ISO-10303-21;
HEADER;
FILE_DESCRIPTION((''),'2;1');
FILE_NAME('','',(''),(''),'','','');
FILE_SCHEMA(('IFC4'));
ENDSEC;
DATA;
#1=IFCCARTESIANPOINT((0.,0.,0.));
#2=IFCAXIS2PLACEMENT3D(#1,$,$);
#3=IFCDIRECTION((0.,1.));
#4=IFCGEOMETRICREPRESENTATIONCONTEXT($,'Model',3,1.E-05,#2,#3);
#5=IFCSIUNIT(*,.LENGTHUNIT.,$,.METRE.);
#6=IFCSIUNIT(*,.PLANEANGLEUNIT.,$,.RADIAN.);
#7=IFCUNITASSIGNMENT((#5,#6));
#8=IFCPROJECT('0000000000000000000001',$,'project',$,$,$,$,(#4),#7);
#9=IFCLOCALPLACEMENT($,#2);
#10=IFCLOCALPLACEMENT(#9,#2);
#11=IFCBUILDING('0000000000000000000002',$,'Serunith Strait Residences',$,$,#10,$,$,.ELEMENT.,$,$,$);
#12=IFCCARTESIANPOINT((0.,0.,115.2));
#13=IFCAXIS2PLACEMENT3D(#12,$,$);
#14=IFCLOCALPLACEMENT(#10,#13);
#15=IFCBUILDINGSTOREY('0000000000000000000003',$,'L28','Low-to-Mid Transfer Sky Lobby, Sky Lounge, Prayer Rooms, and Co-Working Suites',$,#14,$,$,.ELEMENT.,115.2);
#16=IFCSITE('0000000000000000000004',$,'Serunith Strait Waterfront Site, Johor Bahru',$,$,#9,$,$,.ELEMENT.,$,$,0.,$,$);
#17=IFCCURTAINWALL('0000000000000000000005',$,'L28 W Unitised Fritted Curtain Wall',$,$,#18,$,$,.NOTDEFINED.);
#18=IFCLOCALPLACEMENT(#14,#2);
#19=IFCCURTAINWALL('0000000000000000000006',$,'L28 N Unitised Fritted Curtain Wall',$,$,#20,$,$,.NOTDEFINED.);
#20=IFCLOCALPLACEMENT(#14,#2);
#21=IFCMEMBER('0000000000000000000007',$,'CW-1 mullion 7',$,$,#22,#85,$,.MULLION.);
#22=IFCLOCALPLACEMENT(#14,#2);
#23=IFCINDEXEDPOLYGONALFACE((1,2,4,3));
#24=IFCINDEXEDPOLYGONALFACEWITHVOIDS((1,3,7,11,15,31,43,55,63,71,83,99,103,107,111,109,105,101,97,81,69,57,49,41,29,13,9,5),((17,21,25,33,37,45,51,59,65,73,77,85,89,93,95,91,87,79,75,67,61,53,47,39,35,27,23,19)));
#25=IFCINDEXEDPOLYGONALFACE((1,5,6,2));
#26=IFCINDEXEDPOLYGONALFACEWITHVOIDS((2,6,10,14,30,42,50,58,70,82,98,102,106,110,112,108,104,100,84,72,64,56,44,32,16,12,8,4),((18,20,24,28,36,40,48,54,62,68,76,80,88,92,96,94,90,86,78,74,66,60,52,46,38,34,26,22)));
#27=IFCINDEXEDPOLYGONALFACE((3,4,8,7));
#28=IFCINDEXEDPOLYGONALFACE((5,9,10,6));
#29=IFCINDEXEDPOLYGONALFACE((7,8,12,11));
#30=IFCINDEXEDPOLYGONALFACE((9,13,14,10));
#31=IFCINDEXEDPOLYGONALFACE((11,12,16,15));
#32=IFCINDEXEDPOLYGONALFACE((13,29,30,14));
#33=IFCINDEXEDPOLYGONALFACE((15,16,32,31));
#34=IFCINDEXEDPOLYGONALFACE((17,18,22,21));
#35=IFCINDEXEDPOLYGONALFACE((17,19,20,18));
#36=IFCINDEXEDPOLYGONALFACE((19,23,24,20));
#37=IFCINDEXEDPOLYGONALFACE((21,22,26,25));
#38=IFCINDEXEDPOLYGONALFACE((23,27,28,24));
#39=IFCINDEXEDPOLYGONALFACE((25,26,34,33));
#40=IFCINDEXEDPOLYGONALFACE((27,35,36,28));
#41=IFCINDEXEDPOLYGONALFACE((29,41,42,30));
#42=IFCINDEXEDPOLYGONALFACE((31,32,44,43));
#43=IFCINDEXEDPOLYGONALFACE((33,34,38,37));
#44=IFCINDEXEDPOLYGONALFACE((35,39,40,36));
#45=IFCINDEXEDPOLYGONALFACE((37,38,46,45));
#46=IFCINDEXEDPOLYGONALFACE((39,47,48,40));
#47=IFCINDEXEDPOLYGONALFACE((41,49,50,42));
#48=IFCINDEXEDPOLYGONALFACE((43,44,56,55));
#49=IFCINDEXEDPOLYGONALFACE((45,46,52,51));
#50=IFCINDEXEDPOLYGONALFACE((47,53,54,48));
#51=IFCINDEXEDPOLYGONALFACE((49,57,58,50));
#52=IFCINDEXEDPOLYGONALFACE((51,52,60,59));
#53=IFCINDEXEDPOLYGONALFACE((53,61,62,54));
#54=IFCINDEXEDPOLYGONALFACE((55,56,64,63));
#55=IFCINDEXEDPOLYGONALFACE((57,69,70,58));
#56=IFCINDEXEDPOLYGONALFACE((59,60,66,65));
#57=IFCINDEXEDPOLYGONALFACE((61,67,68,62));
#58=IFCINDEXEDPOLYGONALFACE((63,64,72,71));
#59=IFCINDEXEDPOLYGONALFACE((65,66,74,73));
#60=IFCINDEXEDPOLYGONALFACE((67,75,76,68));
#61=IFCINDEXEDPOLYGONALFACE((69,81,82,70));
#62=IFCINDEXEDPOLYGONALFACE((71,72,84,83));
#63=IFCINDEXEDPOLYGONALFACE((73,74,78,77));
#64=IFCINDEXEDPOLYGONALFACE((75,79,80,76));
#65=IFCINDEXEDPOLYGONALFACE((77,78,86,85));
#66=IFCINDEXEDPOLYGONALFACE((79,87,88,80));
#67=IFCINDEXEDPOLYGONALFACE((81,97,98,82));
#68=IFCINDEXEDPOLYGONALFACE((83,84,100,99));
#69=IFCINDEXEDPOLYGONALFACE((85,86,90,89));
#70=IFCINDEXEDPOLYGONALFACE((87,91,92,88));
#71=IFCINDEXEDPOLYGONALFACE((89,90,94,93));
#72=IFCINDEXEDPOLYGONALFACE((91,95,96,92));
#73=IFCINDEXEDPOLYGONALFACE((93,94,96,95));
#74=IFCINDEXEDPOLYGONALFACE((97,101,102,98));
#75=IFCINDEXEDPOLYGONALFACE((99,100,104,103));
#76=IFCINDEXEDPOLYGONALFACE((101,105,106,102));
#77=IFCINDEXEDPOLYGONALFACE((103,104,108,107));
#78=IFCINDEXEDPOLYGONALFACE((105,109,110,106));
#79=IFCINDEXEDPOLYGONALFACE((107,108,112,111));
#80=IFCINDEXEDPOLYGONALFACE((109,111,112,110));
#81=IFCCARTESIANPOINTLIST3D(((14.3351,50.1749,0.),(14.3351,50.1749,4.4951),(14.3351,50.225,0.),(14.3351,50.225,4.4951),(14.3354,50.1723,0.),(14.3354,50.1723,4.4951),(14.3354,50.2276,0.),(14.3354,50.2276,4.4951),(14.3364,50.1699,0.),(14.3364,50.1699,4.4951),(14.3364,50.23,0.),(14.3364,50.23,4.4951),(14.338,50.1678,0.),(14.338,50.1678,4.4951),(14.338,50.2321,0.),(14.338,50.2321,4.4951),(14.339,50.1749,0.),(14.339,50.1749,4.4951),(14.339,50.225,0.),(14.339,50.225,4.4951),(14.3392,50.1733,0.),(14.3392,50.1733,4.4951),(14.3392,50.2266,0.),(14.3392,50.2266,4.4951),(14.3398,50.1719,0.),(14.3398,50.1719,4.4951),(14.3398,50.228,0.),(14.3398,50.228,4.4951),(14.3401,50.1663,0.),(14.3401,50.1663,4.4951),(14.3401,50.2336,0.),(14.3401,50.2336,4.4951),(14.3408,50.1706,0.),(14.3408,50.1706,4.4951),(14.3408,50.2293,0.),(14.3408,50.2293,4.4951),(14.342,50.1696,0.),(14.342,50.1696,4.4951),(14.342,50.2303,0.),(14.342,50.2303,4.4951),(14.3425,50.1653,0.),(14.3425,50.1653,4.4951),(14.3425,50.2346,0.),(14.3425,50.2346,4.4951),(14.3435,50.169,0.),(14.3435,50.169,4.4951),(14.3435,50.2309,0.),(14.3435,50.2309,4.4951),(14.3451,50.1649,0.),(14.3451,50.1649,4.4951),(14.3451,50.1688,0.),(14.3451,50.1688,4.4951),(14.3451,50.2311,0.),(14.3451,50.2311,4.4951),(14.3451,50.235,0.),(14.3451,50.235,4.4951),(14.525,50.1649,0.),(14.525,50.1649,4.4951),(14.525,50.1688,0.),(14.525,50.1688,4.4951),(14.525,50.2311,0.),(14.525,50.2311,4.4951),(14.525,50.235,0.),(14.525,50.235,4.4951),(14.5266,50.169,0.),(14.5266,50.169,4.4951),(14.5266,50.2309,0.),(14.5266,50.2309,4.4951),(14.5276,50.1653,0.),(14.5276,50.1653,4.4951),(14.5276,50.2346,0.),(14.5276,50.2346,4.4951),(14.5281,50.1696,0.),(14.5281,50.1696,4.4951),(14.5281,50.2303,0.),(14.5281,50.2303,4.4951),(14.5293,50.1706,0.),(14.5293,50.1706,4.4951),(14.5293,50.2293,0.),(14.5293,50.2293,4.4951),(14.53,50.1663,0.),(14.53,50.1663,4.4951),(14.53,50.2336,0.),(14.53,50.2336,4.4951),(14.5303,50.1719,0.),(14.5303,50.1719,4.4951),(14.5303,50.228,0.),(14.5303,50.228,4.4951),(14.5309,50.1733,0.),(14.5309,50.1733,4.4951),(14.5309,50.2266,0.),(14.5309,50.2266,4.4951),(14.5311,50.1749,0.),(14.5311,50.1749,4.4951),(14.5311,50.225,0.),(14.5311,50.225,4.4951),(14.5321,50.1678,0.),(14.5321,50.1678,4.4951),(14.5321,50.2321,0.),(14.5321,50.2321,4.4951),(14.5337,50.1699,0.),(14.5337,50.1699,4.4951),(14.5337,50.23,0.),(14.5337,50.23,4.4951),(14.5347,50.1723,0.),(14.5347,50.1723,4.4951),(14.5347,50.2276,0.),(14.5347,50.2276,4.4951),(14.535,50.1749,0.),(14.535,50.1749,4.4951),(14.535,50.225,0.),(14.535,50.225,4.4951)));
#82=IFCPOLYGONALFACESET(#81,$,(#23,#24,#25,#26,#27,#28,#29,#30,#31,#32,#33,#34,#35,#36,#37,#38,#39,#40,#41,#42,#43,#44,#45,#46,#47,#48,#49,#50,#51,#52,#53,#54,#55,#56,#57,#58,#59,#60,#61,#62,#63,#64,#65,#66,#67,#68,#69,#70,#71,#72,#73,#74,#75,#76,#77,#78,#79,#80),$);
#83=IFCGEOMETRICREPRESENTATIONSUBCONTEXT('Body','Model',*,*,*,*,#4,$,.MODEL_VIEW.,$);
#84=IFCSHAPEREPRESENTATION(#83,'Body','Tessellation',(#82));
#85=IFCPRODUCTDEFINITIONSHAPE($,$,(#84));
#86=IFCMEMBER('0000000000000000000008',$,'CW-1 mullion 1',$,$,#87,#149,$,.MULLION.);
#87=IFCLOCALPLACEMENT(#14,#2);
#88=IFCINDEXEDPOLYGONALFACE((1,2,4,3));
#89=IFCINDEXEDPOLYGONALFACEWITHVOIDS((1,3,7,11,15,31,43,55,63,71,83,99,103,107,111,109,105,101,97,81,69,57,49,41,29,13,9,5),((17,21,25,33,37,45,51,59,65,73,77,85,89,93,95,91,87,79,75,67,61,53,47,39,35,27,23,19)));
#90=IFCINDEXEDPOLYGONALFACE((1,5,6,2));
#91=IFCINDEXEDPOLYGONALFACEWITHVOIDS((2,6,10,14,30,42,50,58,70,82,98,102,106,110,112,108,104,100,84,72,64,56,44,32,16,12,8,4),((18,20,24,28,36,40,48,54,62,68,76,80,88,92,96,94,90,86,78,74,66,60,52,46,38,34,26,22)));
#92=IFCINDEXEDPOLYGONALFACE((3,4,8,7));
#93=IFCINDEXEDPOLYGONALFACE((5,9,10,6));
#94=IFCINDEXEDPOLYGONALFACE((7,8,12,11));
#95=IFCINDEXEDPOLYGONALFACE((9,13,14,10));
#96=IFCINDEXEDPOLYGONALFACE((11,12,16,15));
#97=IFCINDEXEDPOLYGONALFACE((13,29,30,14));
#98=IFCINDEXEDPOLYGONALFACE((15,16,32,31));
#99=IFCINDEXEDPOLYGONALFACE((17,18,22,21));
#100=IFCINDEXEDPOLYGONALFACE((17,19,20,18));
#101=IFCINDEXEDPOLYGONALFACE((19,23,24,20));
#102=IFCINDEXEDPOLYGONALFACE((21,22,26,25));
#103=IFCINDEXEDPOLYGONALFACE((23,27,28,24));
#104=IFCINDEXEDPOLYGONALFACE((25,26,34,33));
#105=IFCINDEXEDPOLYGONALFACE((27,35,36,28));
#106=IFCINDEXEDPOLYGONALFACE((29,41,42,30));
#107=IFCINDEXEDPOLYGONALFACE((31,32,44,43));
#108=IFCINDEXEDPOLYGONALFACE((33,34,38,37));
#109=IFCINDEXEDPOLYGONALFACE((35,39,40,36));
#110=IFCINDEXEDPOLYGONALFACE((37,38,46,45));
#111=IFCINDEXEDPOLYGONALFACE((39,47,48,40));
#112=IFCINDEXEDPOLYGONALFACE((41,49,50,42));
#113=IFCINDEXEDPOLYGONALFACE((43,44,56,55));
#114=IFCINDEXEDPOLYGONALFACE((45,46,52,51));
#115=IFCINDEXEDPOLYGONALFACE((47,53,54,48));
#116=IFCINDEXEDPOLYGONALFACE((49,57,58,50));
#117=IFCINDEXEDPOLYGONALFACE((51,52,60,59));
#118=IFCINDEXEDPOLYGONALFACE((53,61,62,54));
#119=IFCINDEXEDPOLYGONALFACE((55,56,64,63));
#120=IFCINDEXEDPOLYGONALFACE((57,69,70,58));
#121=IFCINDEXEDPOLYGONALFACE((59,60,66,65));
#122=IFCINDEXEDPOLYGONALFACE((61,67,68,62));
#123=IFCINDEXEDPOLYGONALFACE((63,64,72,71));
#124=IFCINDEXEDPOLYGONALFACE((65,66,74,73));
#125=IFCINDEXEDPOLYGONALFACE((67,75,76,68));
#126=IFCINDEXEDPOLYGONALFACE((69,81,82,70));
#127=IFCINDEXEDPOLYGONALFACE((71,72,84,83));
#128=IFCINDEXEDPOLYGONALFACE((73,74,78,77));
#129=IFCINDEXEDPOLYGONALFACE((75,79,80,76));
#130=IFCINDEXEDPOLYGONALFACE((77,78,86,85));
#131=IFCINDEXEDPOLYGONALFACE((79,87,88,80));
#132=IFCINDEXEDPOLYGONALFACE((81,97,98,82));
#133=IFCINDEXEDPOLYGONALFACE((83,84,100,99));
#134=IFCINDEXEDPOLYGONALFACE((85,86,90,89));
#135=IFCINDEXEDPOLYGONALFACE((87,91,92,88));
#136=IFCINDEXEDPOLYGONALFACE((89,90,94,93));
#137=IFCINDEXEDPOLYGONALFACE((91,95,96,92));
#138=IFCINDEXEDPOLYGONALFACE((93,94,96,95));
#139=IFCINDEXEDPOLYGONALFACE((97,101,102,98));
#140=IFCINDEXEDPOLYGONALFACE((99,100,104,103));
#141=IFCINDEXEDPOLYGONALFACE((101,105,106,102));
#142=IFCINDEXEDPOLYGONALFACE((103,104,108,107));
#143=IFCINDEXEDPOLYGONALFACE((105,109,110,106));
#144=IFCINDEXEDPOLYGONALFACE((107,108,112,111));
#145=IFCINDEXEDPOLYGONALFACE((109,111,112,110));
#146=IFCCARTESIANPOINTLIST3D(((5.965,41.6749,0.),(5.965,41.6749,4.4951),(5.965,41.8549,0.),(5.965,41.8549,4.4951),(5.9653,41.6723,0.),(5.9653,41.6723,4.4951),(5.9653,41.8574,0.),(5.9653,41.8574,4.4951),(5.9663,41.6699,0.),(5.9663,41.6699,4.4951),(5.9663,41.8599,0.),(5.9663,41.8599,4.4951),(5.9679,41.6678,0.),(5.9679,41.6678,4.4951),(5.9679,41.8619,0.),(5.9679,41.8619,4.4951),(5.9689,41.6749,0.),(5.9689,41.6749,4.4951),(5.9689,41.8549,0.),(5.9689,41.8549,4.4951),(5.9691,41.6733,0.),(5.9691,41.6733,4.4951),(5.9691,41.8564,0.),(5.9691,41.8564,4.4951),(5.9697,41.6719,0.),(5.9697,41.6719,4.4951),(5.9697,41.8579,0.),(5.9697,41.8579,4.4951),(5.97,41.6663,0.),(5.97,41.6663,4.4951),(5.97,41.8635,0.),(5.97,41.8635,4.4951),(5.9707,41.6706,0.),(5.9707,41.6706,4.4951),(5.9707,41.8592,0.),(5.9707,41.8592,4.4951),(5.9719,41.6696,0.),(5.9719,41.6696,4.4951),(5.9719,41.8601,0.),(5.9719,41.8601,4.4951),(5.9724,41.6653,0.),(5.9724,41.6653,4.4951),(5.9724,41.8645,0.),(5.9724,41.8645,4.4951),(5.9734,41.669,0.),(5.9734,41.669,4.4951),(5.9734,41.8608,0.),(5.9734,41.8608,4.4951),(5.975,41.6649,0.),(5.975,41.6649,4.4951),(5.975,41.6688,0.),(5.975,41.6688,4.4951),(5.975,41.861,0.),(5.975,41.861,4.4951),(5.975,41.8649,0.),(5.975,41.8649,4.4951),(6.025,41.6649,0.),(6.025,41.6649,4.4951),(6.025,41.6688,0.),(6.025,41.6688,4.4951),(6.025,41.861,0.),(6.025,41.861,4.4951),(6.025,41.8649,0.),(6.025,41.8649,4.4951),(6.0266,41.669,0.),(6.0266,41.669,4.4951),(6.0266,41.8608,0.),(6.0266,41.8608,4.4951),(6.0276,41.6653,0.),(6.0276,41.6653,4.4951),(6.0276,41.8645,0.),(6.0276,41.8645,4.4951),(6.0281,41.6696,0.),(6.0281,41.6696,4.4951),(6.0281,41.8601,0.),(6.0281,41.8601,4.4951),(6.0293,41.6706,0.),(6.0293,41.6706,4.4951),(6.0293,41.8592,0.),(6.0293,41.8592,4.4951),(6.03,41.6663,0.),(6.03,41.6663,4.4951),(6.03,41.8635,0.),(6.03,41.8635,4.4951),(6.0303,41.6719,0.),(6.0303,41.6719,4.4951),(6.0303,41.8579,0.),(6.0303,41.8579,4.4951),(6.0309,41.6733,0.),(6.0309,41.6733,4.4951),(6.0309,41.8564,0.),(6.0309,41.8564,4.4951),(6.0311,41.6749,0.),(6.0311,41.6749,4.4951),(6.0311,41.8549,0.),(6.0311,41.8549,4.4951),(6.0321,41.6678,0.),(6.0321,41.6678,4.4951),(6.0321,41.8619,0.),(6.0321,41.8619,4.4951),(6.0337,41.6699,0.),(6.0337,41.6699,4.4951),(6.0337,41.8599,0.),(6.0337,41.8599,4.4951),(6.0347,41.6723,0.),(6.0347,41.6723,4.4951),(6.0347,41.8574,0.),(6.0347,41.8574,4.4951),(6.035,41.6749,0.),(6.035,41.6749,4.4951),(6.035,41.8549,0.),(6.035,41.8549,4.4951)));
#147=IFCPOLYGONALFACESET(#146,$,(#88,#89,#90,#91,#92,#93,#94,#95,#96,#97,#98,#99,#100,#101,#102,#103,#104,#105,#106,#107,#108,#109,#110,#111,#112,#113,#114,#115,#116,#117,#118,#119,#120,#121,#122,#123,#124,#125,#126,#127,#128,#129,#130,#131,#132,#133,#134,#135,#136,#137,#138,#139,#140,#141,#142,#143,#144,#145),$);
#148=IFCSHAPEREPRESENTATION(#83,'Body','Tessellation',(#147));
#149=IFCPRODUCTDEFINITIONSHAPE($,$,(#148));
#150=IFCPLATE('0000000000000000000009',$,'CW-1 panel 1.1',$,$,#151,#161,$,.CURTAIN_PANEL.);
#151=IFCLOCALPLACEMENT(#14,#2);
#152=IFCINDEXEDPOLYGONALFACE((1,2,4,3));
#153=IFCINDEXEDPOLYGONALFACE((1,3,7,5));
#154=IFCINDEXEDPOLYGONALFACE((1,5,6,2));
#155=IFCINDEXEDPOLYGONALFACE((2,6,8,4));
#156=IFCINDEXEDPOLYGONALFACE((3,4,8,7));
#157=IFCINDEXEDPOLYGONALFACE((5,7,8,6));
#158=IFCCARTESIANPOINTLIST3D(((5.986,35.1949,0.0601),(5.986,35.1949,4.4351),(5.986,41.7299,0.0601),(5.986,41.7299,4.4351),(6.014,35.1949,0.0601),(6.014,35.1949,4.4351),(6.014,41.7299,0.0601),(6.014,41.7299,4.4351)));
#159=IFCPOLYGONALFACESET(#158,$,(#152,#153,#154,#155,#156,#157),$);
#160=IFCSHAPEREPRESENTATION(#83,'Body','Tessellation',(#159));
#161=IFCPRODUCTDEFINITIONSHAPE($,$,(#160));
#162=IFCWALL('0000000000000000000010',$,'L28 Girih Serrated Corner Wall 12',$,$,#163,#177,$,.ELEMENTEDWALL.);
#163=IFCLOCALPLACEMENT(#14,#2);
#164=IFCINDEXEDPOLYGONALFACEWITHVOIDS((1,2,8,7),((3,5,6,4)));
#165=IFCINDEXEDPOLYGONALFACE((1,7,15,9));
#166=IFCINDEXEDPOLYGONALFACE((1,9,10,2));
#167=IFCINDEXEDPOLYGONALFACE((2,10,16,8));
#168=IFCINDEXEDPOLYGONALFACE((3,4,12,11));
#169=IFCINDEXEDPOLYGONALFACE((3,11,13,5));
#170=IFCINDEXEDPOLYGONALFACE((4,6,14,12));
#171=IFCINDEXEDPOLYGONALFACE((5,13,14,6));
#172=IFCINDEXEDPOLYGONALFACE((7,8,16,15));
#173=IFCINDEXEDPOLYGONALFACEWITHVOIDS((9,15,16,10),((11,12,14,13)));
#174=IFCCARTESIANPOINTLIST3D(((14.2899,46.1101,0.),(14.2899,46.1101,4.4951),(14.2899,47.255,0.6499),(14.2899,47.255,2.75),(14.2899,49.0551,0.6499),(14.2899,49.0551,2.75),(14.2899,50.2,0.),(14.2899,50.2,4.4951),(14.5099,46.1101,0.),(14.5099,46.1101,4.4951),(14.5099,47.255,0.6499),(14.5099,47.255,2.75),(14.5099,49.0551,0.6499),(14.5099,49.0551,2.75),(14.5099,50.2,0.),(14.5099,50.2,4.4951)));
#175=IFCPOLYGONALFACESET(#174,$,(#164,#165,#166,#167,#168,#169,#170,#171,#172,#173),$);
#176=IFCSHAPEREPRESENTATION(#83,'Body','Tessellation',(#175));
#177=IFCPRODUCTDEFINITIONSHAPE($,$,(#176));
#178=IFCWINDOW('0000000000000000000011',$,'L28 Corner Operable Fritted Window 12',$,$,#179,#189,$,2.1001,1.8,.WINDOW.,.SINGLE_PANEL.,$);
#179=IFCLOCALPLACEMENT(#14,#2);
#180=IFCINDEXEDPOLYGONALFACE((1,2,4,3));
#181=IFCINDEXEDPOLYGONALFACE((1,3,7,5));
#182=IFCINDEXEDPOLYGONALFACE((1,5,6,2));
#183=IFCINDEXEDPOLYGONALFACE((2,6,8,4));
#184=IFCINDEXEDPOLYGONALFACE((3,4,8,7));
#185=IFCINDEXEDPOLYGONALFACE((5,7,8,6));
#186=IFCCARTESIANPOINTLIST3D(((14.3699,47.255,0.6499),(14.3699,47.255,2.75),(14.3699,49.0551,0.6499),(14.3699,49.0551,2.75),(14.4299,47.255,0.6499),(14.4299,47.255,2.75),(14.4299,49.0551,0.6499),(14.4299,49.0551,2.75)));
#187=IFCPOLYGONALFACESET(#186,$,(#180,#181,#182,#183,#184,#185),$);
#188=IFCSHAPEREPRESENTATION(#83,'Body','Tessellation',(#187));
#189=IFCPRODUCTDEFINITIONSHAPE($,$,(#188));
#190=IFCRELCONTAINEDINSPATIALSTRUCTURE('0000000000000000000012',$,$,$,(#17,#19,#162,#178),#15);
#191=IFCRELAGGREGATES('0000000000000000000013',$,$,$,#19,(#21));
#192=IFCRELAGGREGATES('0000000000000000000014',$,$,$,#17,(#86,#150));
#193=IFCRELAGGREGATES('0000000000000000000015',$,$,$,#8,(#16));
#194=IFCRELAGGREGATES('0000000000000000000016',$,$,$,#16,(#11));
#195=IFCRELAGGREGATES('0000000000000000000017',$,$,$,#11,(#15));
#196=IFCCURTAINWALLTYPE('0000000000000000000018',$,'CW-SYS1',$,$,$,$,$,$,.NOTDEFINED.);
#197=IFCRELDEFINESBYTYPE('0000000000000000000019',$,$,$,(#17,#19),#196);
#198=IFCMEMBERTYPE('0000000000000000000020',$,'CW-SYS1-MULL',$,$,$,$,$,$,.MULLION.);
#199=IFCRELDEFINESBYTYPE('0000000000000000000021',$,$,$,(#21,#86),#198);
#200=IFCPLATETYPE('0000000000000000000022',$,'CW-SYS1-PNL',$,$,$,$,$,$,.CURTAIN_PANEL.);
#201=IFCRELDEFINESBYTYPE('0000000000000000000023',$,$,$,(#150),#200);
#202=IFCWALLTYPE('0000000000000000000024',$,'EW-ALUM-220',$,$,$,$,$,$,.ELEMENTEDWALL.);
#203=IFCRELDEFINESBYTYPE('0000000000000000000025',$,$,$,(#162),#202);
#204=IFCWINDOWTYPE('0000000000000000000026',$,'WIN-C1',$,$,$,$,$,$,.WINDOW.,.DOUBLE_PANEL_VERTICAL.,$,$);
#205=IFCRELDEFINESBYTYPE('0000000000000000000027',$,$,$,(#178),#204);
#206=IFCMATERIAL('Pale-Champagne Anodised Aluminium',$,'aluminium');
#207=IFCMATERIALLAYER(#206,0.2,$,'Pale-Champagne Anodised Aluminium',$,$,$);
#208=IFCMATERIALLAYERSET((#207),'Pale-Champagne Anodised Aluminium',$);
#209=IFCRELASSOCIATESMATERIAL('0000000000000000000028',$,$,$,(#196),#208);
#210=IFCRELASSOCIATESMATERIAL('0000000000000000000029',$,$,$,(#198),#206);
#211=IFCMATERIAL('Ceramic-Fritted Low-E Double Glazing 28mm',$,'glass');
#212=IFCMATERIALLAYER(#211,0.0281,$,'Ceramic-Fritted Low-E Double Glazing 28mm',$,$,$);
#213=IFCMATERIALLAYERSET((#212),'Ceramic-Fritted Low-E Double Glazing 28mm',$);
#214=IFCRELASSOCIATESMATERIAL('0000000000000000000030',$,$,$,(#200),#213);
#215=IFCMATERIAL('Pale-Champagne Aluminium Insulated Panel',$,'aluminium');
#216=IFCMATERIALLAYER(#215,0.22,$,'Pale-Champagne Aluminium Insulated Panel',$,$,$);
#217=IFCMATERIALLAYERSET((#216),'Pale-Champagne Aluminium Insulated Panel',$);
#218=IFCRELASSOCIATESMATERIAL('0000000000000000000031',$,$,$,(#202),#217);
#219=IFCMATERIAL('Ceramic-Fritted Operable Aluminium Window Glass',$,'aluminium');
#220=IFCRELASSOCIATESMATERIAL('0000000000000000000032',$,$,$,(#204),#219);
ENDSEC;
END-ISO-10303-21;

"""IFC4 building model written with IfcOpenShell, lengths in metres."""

from ifc_helpers import new_model, si_unit, direction, frame, frame_2d, origin, origin_2d, place, context, subcontext, project, spatial, rectangle, hollow_rectangle, extrude, source, transform, mapped, material, layer, layer_set, material_profile, profile_set, type_object, element, fill, aggregate, save


model = new_model("IFC4")

# Units and contexts
model_context = context("Model", 3, precision=1e-05, world=origin(), true_north=direction((0.0, 1.0)))
body_context = subcontext(model_context, "Body", "Model", "MODEL_VIEW")
ifc_project = project(units=[si_unit("LENGTHUNIT", "METRE"), si_unit("PLANEANGLEUNIT", "RADIAN")], contexts=[model_context])

# Site, building, storey
site_placement = place(None, origin())
site = spatial("IfcSite", under=ifc_project, at=site_placement, Name="Serunith Strait Waterfront Site, Johor Bahru", CompositionType="ELEMENT", RefElevation=0.0)
building_placement = place(site_placement, origin())
building = spatial("IfcBuilding", under=site, at=building_placement, Name="Serunith Strait Residences", CompositionType="ELEMENT")
storey_placement = place(building_placement, frame((0.0, 0.0, 115.2)))
storey = spatial("IfcBuildingStorey", under=building, at=storey_placement, Name="L28", Description="Low-to-Mid Transfer Sky Lobby, Sky Lounge, Prayer Rooms, and Co-Working Suites", CompositionType="ELEMENT", Elevation=115.2)

# Curtain wall
ifc_material_1 = material(Name="Pale-Champagne Anodised Aluminium", Category="aluminium")
ifc_layer_1 = layer(ifc_material_1, 0.2, Name="Pale-Champagne Anodised Aluminium")
ifc_layer_set_1 = layer_set([ifc_layer_1], Name="Pale-Champagne Anodised Aluminium")
curtain_wall_type = type_object("IfcCurtainWallType", Name="CW-SYS1", PredefinedType="NOTDEFINED", material=ifc_layer_set_1)
curtain_wall_1_placement = place(storey_placement, origin())
curtain_wall_1 = element("IfcCurtainWall", 1, at=curtain_wall_1_placement, inside=storey, type_object=curtain_wall_type, Name="L28 W Unitised Fritted Curtain Wall", PredefinedType="NOTDEFINED")

# Curtain wall, member
curtain_wall_2_placement = place(storey_placement, origin())
curtain_wall_2 = element("IfcCurtainWall", 2, at=curtain_wall_2_placement, inside=storey, type_object=curtain_wall_type, Name="L28 N Unitised Fritted Curtain Wall", PredefinedType="NOTDEFINED")
ifc_material_profile_1 = material_profile(ifc_material_1, hollow_rectangle(XDim=0.0701, YDim=0.2, WallThickness=0.0039, InnerFilletRadius=0.0061, OuterFilletRadius=0.01, at=origin_2d()), Name="ALU 200x70x4")
ifc_profile_set_1 = profile_set([ifc_material_profile_1], Name="Pale-Champagne Anodised Aluminium")
member_type_1 = type_object("IfcMemberType", Name="CW-SYS1-MULL", PredefinedType="MULLION", material=ifc_profile_set_1)
shared_shape_1 = source(origin(), body_context, "Body", "SweptSolid", [
    extrude(hollow_rectangle(XDim=0.0701, YDim=0.2, WallThickness=0.0039, InnerFilletRadius=0.0061, OuterFilletRadius=0.01, at=origin_2d()), origin(), (0.0, 0.0, 1.0), 4.4951),
])
member_1_placement = place(storey_placement, frame((14.4351, 50.2, 0.0), z_axis=(0.0, 0.0, 1.0), x_axis=(0.0, -1.0, 0.0)))
member_1 = element("IfcMember", 3, at=member_1_placement, type_object=member_type_1, Name="CW-1 mullion 7", PredefinedType="MULLION", context=body_context, shape_type="MappedRepresentation", body=[
    mapped(shared_shape_1, transform((0.0, 0.0, 0.0), scale=1.0)),
])
aggregate(curtain_wall_2, [member_1])

# Member
member_2_placement = place(storey_placement, frame((6.0, 41.7649, 0.0), z_axis=(0.0, 0.0, 1.0), x_axis=(1.0, 0.0, 0.0)))
member_2 = element("IfcMember", 4, at=member_2_placement, type_object=member_type_1, Name="CW-1 mullion 1", PredefinedType="MULLION", context=body_context, shape_type="MappedRepresentation", body=[
    mapped(shared_shape_1, transform((0.0, 0.0, 0.0), scale=1.0)),
])

# Plate
ifc_material_2 = material(Name="Ceramic-Fritted Low-E Double Glazing 28mm", Category="glass")
ifc_layer_2 = layer(ifc_material_2, 0.0281, Name="Ceramic-Fritted Low-E Double Glazing 28mm")
ifc_layer_set_2 = layer_set([ifc_layer_2], Name="Ceramic-Fritted Low-E Double Glazing 28mm")
plate_type = type_object("IfcPlateType", Name="CW-SYS1-PNL", PredefinedType="CURTAIN_PANEL", material=ifc_layer_set_2)
shared_shape_2 = source(origin(), body_context, "Body", "SweptSolid", [
    extrude(rectangle(XDim=6.5349, YDim=0.0281, at=origin_2d()), origin(), (0.0, 0.0, 1.0), 4.375),
])
plate_placement = place(storey_placement, frame((6.0, 38.4624, 0.0601), z_axis=(0.0, 0.0, 1.0), x_axis=(0.0, -1.0, 0.0)))
plate = element("IfcPlate", 5, at=plate_placement, type_object=plate_type, Name="CW-1 panel 1.1", PredefinedType="CURTAIN_PANEL", context=body_context, shape_type="MappedRepresentation", body=[
    mapped(shared_shape_2, transform((0.0, 0.0, 0.0), scale=1.0)),
])
aggregate(curtain_wall_1, [member_2, plate])

# Wall, opening, window
ifc_material_3 = material(Name="Pale-Champagne Aluminium Insulated Panel", Category="aluminium")
ifc_layer_3 = layer(ifc_material_3, 0.22, Name="Pale-Champagne Aluminium Insulated Panel")
ifc_layer_set_3 = layer_set([ifc_layer_3], Name="Pale-Champagne Aluminium Insulated Panel")
wall_type = type_object("IfcWallType", Name="EW-ALUM-220", PredefinedType="ELEMENTEDWALL", material=ifc_layer_set_3)
wall_1_placement = place(storey_placement, frame((14.3999, 50.2, 0.0), z_axis=(0.0, 0.0, 1.0), x_axis=(0.0, -1.0, 0.0)))
wall_1 = element("IfcWall", 6, at=wall_1_placement, inside=storey, type_object=wall_type, Name="L28 Girih Serrated Corner Wall 12", PredefinedType="ELEMENTEDWALL", context=body_context, shape_type="SweptSolid", body=[
    extrude(rectangle(XDim=4.0898, YDim=0.22, at=frame_2d((2.0449, 0.0))), origin(), (0.0, 0.0, 1.0), 4.4951),
])
opening_1_placement = place(wall_1_placement, frame((1.145, 0.0, 0.6499)))
opening_1 = element("IfcOpeningElement", 7, at=opening_1_placement, cuts=wall_1, PredefinedType="OPENING", context=body_context, shape_type="SweptSolid", body=[
    extrude(rectangle(XDim=1.8, YDim=2.1001, at=frame_2d((0.8999, 1.05))), frame((0.0, 0.1201, 0.0), z_axis=(0.0, -1.0, 0.0), x_axis=(1.0, 0.0, 0.0)), (0.0, 0.0, 1.0), 0.24),
])
ifc_material_4 = material(Name="Ceramic-Fritted Operable Aluminium Window Glass", Category="aluminium")
window_type = type_object("IfcWindowType", Name="WIN-C1", PartitioningType="DOUBLE_PANEL_VERTICAL", PredefinedType="WINDOW", material=ifc_material_4)
shared_shape_3 = source(origin(), body_context, "Body", "SweptSolid", [
    extrude(rectangle(XDim=1.8, YDim=2.1001, at=frame_2d((0.8999, 1.05))), frame((0.0, 0.03, 0.0), z_axis=(0.0, -1.0, 0.0), x_axis=(1.0, 0.0, 0.0)), (0.0, 0.0, 1.0), 0.0601),
])
window_1_placement = place(opening_1_placement, origin())
window_1 = element("IfcWindow", 8, at=window_1_placement, inside=storey, type_object=window_type, Name="L28 Corner Operable Fritted Window 12", OverallHeight=2.1001, OverallWidth=1.8, PartitioningType="SINGLE_PANEL", PredefinedType="WINDOW", context=body_context, shape_type="MappedRepresentation", body=[
    mapped(shared_shape_3, transform((0.0, 0.0, 0.0), scale=1.0)),
])
fill(opening_1, window_1)

save(model, "model.ifc")
